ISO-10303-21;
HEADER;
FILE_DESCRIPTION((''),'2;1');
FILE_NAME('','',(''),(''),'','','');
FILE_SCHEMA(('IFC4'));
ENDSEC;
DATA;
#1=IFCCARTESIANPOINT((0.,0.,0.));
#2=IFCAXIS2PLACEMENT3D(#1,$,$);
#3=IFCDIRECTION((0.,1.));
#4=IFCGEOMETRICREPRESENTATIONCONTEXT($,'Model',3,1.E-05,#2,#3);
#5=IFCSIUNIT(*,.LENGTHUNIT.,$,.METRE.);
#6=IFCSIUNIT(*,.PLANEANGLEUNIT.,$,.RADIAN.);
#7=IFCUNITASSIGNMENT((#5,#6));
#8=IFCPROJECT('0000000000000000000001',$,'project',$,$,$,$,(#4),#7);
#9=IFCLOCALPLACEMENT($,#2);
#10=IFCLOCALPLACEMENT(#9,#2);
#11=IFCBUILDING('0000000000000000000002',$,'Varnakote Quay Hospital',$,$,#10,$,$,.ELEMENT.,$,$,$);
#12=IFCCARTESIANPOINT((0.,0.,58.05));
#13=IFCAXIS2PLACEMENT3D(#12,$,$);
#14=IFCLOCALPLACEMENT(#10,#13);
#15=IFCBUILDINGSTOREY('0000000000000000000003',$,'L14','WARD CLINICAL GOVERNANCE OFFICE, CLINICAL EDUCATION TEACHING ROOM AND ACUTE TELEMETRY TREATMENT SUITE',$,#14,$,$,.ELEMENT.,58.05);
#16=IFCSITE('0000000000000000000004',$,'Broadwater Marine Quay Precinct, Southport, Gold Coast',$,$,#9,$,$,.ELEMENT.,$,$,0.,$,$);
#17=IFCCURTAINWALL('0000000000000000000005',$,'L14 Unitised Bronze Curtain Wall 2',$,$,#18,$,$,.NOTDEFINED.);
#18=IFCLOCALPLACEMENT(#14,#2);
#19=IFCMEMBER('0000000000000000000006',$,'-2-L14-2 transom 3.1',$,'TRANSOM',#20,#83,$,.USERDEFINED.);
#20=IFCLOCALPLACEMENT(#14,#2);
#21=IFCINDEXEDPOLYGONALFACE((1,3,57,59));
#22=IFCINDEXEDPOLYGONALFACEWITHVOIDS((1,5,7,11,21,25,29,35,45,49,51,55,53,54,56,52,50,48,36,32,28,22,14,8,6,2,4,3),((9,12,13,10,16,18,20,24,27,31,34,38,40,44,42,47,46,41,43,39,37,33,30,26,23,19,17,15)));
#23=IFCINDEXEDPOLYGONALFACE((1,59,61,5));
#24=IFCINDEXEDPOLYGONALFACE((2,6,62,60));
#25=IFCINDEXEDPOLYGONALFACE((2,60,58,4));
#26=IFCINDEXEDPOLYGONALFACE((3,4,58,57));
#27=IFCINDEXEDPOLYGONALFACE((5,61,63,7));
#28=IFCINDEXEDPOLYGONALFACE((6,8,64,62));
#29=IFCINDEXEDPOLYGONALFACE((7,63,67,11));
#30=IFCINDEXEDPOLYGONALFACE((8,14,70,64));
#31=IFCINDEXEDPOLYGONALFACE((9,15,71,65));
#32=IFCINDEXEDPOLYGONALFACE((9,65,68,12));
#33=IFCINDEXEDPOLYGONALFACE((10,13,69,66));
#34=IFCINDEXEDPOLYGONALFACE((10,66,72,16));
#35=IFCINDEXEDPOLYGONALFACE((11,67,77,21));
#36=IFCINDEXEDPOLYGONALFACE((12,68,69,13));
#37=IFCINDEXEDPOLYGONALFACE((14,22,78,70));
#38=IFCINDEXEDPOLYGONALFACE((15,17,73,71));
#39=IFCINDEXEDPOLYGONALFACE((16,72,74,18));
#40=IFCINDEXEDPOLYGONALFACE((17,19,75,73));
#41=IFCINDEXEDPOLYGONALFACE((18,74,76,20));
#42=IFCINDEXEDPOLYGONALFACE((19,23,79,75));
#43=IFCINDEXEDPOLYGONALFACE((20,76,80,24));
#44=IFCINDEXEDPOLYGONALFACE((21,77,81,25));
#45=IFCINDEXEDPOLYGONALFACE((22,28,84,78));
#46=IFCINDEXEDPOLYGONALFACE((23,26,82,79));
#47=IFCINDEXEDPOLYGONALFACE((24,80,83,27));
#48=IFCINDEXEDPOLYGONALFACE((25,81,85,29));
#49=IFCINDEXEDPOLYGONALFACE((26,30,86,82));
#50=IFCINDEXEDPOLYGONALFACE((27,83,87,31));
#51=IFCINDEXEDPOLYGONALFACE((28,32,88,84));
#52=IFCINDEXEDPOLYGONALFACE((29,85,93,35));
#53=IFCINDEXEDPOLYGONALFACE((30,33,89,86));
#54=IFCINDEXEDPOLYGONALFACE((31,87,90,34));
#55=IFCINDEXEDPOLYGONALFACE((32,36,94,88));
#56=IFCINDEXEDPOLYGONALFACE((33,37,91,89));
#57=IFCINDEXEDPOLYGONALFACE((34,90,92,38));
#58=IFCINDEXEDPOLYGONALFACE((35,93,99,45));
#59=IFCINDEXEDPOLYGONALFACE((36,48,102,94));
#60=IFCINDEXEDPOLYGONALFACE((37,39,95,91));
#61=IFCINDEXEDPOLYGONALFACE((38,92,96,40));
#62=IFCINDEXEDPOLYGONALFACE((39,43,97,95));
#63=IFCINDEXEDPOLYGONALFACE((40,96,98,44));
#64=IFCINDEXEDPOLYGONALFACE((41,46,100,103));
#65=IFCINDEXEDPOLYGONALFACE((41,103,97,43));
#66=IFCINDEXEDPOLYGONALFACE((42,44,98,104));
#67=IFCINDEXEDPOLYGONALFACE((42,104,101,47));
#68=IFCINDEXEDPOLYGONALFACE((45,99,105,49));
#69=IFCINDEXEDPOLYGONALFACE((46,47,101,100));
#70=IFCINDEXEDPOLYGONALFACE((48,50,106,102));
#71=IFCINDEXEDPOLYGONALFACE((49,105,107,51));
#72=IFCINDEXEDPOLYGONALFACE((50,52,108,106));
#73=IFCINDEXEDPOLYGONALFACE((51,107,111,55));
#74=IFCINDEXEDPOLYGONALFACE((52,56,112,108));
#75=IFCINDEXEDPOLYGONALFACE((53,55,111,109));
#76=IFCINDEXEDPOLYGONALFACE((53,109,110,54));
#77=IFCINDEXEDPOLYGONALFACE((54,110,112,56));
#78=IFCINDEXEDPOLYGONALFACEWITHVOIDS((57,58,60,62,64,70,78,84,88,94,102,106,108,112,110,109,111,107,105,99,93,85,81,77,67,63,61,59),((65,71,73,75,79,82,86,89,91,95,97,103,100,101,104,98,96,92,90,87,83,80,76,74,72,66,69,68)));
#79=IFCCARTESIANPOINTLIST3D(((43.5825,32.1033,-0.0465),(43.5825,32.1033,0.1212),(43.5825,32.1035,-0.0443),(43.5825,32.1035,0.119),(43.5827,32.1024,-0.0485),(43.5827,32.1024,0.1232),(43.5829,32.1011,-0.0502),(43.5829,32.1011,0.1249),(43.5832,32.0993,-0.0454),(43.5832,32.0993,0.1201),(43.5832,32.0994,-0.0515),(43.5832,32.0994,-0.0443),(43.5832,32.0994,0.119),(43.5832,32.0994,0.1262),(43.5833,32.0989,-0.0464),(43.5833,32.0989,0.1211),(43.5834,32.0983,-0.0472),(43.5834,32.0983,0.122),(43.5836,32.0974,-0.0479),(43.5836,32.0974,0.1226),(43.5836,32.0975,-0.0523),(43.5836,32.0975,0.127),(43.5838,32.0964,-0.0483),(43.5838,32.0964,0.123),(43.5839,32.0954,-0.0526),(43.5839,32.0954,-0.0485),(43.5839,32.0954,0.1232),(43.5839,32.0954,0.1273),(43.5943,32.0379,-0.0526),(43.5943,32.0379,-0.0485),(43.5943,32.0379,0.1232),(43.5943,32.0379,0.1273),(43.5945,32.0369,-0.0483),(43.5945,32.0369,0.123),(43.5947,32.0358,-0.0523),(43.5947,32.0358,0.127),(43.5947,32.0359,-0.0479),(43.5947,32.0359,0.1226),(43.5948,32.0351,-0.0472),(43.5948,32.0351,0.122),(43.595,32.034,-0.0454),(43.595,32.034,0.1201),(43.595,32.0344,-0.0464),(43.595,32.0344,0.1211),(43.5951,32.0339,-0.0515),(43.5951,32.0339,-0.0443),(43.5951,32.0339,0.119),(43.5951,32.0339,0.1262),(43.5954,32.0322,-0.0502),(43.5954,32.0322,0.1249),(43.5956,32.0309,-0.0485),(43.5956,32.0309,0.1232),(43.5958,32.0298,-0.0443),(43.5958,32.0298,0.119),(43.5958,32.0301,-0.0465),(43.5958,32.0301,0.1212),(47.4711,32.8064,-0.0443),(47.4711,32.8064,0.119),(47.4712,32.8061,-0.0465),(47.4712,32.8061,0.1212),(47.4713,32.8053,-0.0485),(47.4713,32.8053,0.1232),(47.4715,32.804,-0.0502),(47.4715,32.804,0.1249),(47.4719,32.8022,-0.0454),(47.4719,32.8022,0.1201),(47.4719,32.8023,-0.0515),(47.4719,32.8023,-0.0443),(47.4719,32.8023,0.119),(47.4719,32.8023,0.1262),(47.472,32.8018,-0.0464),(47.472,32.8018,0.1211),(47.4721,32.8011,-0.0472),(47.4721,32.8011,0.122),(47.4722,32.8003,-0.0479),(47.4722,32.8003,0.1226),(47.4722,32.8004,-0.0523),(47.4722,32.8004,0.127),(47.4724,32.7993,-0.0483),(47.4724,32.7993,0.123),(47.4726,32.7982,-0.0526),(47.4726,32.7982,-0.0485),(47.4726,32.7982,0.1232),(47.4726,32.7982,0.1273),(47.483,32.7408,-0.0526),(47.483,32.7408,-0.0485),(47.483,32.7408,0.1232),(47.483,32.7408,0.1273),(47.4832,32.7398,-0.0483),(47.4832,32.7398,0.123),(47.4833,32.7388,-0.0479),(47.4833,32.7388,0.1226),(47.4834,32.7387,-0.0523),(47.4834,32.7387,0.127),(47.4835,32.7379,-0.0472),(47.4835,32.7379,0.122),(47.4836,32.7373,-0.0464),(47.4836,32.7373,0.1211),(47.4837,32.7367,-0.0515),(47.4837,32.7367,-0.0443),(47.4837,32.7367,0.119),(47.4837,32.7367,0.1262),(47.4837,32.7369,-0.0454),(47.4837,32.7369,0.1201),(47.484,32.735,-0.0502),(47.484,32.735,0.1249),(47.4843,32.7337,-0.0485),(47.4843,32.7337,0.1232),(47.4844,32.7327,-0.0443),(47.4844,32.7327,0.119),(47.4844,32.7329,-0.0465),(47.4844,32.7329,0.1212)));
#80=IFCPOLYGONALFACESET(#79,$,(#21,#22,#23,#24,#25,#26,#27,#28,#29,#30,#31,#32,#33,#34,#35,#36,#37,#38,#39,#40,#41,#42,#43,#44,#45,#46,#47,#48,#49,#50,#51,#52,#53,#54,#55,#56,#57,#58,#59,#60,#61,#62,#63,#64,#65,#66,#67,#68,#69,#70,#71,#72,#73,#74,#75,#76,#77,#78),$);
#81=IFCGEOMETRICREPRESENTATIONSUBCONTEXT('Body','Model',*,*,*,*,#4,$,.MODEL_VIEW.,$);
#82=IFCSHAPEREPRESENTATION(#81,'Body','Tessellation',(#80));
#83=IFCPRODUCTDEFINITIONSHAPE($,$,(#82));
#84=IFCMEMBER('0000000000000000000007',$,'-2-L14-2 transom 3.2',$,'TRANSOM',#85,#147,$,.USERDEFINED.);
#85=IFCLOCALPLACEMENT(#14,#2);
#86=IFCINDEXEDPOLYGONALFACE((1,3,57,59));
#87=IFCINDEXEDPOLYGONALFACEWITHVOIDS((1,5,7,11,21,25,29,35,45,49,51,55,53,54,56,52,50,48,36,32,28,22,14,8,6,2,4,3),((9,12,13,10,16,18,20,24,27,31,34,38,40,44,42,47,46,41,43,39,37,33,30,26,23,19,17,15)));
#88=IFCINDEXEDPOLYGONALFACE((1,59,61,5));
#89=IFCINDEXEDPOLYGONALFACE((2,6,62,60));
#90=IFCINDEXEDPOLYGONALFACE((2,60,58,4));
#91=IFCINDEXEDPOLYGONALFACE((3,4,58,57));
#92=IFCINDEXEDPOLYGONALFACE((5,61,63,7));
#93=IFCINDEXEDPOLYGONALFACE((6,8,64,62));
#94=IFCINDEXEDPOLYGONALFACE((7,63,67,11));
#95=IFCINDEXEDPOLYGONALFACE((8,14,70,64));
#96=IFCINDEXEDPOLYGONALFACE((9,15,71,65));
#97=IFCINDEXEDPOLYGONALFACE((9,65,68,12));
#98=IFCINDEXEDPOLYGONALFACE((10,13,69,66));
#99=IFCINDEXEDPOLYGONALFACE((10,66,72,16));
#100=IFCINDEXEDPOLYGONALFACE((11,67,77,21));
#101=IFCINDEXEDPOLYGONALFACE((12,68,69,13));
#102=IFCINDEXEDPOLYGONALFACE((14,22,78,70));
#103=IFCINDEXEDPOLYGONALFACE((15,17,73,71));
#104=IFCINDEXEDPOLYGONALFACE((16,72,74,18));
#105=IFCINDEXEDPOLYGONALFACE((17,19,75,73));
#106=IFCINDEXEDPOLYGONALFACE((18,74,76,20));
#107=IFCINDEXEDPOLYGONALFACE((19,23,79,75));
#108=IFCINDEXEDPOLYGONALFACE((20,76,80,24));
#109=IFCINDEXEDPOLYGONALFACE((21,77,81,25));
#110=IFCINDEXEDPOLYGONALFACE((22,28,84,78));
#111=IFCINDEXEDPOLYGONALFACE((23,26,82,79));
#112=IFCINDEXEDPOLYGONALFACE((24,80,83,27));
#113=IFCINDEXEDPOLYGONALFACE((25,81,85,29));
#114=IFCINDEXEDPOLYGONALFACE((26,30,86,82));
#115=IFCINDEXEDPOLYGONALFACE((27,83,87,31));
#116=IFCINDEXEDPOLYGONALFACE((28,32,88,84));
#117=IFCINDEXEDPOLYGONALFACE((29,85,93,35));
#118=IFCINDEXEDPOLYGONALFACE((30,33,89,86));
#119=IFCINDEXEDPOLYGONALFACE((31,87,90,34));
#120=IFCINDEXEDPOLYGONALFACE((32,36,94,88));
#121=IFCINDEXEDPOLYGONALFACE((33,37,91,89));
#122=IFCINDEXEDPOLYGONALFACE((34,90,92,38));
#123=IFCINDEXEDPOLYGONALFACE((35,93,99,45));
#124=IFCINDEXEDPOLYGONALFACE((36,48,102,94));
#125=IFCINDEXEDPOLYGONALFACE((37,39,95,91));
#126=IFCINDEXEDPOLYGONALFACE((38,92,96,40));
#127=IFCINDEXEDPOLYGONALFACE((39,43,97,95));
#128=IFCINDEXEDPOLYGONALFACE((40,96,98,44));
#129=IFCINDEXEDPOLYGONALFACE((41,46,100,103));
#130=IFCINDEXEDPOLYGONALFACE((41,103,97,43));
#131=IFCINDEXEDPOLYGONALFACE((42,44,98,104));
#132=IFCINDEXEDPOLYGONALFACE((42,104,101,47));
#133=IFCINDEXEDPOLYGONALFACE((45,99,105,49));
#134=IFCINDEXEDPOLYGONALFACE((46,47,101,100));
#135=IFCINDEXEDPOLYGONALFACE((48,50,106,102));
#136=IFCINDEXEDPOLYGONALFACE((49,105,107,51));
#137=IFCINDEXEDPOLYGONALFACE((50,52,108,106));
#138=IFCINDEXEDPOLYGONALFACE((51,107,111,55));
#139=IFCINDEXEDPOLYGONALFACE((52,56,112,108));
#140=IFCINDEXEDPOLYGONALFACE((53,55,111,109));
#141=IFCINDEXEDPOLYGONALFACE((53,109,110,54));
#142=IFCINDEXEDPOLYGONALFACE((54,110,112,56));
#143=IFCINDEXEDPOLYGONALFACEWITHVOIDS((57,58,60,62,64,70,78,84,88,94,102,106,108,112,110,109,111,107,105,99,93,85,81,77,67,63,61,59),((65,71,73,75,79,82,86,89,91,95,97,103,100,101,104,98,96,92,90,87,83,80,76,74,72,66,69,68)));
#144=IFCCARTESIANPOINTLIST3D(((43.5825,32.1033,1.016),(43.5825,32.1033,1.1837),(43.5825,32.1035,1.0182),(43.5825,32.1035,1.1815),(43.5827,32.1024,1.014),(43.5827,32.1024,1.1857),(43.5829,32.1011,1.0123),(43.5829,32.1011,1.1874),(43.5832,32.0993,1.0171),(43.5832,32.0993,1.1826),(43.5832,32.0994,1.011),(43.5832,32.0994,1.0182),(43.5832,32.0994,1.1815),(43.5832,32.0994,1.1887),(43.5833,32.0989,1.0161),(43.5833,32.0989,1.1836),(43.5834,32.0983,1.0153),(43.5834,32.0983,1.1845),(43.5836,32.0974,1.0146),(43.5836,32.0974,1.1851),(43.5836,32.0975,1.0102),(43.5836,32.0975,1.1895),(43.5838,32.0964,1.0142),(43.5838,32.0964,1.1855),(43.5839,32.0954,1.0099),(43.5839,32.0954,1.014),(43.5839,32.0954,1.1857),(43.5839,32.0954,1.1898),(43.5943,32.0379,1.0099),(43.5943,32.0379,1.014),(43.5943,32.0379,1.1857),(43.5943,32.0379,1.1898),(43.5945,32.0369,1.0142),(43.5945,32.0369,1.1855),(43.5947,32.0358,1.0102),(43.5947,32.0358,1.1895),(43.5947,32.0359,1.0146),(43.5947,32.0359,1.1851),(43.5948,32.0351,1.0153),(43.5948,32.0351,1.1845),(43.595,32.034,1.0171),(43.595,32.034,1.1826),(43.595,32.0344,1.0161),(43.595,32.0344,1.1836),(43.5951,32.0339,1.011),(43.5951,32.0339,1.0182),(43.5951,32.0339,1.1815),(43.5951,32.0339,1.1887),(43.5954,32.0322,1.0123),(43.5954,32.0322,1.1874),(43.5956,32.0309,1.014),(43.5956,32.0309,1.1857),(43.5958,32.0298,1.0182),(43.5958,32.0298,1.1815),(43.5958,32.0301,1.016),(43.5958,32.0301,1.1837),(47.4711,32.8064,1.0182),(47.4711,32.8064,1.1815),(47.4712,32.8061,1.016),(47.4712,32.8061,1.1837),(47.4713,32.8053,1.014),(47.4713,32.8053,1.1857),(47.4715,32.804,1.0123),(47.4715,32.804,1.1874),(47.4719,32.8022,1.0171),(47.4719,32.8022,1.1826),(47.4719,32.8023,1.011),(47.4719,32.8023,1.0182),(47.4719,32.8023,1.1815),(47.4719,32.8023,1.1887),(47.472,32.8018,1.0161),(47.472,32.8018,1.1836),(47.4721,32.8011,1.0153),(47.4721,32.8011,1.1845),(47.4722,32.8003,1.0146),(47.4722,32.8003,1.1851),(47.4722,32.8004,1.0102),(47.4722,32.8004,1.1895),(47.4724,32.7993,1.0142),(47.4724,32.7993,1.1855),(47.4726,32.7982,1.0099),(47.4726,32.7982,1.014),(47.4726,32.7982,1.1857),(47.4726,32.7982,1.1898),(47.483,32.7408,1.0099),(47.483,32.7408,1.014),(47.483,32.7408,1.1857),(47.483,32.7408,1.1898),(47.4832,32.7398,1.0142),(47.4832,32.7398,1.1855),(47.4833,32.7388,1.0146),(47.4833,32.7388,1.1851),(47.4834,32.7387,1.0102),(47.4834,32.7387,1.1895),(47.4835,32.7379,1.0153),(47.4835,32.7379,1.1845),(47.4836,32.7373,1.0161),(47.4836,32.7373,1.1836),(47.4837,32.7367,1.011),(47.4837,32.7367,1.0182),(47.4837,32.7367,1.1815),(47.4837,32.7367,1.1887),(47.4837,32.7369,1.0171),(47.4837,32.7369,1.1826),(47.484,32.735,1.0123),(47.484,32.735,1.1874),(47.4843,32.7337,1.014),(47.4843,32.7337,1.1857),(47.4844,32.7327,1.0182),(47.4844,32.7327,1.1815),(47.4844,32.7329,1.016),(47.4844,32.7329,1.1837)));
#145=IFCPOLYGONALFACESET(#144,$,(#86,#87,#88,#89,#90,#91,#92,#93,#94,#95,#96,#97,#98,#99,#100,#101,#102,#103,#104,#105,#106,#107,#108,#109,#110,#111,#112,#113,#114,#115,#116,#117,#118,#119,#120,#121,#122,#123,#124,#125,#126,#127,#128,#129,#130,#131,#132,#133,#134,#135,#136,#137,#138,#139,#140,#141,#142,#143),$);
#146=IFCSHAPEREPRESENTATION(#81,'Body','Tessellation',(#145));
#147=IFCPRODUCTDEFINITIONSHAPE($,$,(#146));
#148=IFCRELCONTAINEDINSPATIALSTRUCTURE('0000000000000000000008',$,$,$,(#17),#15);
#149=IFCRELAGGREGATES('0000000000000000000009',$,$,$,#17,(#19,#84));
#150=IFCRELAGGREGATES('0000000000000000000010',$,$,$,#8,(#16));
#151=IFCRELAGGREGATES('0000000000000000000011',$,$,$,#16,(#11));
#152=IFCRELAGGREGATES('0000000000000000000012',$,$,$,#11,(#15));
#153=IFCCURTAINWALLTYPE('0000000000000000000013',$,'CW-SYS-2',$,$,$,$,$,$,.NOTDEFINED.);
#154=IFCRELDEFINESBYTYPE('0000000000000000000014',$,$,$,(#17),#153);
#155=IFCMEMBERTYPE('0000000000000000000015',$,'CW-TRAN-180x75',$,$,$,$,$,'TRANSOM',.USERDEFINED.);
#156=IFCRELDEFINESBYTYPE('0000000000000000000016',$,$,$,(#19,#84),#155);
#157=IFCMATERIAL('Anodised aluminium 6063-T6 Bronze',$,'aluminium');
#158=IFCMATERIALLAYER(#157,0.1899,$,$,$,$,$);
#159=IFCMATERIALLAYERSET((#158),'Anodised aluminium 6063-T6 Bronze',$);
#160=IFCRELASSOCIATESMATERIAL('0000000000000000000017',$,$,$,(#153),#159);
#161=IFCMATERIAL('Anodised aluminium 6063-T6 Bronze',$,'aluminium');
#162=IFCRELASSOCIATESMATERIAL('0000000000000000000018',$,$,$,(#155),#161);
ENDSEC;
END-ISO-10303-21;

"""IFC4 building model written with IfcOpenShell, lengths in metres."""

from ifc_helpers import new_model, si_unit, direction, frame, origin, origin_2d, place, context, subcontext, project, spatial, hollow_rectangle, extrude, material, layer, layer_set, material_profile, profile_set, type_object, element, aggregate, save


model = new_model("IFC4")

# Units and contexts
model_context = context("Model", 3, precision=1e-05, world=origin(), true_north=direction((0.0, 1.0)))
body_context = subcontext(model_context, "Body", "Model", "MODEL_VIEW")
ifc_project = project(units=[si_unit("LENGTHUNIT", "METRE"), si_unit("PLANEANGLEUNIT", "RADIAN")], contexts=[model_context])

# Site, building, storey
site_placement = place(None, origin())
site = spatial("IfcSite", under=ifc_project, at=site_placement, Name="Broadwater Marine Quay Precinct, Southport, Gold Coast", CompositionType="ELEMENT", RefElevation=0.0)
building_placement = place(site_placement, origin())
building = spatial("IfcBuilding", under=site, at=building_placement, Name="Varnakote Quay Hospital", CompositionType="ELEMENT")
storey_placement = place(building_placement, frame((0.0, 0.0, 58.05)))
storey = spatial("IfcBuildingStorey", under=building, at=storey_placement, Name="L14", Description="WARD CLINICAL GOVERNANCE OFFICE, CLINICAL EDUCATION TEACHING ROOM AND ACUTE TELEMETRY TREATMENT SUITE", CompositionType="ELEMENT", Elevation=58.05)

# Curtain wall, members
ifc_material_1 = material(Name="Anodised aluminium 6063-T6 Bronze", Category="aluminium")
ifc_layer_1 = layer(ifc_material_1, 0.1899)
ifc_layer_set_1 = layer_set([ifc_layer_1], Name="Anodised aluminium 6063-T6 Bronze")
curtain_wall_type = type_object("IfcCurtainWallType", Name="CW-SYS-2", PredefinedType="NOTDEFINED", material=ifc_layer_set_1)
curtain_wall_placement = place(storey_placement, origin())
curtain_wall = element("IfcCurtainWall", 1, at=curtain_wall_placement, inside=storey, type_object=curtain_wall_type, Name="L14 Unitised Bronze Curtain Wall 2", PredefinedType="NOTDEFINED")
ifc_material_2 = material(Name="Anodised aluminium 6063-T6 Bronze", Category="aluminium")
ifc_material_profile_1 = material_profile(ifc_material_2, hollow_rectangle(XDim=0.075, YDim=0.1799, WallThickness=0.0042, InnerFilletRadius=0.0042, OuterFilletRadius=0.0083, at=origin_2d()), Name="CW-TRAN-180x75")
ifc_profile_set_1 = profile_set([ifc_material_profile_1], Name="Anodised aluminium 6063-T6 Bronze")
member_type_1 = type_object("IfcMemberType", Name="CW-TRAN-180x75", ElementType="TRANSOM", PredefinedType="USERDEFINED", material=ifc_profile_set_1)
member_1_placement = place(storey_placement, frame((47.4778, 32.7695, 0.0374), z_axis=(-0.984054, -0.177869, 0.0), x_axis=(0.177869, -0.984054, 0.0)))
member_1 = element("IfcMember", 2, at=member_1_placement, type_object=member_type_1, Name="-2-L14-2 transom 3.1", ObjectType="TRANSOM", PredefinedType="USERDEFINED", context=body_context, shape_type="SweptSolid", body=[
    extrude(hollow_rectangle(XDim=0.075, YDim=0.1799, WallThickness=0.0042, InnerFilletRadius=0.0042, OuterFilletRadius=0.0083, at=origin_2d()), origin(), (0.0, 0.0, 1.0), 3.9517),
])
member_2_placement = place(storey_placement, frame((47.4778, 32.7695, 1.0999), z_axis=(-0.984054, -0.177869, 0.0), x_axis=(0.177869, -0.984054, 0.0)))
member_2 = element("IfcMember", 3, at=member_2_placement, type_object=member_type_1, Name="-2-L14-2 transom 3.2", ObjectType="TRANSOM", PredefinedType="USERDEFINED", context=body_context, shape_type="SweptSolid", body=[
    extrude(hollow_rectangle(XDim=0.075, YDim=0.1799, WallThickness=0.0042, InnerFilletRadius=0.0042, OuterFilletRadius=0.0083, at=origin_2d()), origin(), (0.0, 0.0, 1.0), 3.9517),
])
aggregate(curtain_wall, [member_1, member_2])

save(model, "model.ifc")
